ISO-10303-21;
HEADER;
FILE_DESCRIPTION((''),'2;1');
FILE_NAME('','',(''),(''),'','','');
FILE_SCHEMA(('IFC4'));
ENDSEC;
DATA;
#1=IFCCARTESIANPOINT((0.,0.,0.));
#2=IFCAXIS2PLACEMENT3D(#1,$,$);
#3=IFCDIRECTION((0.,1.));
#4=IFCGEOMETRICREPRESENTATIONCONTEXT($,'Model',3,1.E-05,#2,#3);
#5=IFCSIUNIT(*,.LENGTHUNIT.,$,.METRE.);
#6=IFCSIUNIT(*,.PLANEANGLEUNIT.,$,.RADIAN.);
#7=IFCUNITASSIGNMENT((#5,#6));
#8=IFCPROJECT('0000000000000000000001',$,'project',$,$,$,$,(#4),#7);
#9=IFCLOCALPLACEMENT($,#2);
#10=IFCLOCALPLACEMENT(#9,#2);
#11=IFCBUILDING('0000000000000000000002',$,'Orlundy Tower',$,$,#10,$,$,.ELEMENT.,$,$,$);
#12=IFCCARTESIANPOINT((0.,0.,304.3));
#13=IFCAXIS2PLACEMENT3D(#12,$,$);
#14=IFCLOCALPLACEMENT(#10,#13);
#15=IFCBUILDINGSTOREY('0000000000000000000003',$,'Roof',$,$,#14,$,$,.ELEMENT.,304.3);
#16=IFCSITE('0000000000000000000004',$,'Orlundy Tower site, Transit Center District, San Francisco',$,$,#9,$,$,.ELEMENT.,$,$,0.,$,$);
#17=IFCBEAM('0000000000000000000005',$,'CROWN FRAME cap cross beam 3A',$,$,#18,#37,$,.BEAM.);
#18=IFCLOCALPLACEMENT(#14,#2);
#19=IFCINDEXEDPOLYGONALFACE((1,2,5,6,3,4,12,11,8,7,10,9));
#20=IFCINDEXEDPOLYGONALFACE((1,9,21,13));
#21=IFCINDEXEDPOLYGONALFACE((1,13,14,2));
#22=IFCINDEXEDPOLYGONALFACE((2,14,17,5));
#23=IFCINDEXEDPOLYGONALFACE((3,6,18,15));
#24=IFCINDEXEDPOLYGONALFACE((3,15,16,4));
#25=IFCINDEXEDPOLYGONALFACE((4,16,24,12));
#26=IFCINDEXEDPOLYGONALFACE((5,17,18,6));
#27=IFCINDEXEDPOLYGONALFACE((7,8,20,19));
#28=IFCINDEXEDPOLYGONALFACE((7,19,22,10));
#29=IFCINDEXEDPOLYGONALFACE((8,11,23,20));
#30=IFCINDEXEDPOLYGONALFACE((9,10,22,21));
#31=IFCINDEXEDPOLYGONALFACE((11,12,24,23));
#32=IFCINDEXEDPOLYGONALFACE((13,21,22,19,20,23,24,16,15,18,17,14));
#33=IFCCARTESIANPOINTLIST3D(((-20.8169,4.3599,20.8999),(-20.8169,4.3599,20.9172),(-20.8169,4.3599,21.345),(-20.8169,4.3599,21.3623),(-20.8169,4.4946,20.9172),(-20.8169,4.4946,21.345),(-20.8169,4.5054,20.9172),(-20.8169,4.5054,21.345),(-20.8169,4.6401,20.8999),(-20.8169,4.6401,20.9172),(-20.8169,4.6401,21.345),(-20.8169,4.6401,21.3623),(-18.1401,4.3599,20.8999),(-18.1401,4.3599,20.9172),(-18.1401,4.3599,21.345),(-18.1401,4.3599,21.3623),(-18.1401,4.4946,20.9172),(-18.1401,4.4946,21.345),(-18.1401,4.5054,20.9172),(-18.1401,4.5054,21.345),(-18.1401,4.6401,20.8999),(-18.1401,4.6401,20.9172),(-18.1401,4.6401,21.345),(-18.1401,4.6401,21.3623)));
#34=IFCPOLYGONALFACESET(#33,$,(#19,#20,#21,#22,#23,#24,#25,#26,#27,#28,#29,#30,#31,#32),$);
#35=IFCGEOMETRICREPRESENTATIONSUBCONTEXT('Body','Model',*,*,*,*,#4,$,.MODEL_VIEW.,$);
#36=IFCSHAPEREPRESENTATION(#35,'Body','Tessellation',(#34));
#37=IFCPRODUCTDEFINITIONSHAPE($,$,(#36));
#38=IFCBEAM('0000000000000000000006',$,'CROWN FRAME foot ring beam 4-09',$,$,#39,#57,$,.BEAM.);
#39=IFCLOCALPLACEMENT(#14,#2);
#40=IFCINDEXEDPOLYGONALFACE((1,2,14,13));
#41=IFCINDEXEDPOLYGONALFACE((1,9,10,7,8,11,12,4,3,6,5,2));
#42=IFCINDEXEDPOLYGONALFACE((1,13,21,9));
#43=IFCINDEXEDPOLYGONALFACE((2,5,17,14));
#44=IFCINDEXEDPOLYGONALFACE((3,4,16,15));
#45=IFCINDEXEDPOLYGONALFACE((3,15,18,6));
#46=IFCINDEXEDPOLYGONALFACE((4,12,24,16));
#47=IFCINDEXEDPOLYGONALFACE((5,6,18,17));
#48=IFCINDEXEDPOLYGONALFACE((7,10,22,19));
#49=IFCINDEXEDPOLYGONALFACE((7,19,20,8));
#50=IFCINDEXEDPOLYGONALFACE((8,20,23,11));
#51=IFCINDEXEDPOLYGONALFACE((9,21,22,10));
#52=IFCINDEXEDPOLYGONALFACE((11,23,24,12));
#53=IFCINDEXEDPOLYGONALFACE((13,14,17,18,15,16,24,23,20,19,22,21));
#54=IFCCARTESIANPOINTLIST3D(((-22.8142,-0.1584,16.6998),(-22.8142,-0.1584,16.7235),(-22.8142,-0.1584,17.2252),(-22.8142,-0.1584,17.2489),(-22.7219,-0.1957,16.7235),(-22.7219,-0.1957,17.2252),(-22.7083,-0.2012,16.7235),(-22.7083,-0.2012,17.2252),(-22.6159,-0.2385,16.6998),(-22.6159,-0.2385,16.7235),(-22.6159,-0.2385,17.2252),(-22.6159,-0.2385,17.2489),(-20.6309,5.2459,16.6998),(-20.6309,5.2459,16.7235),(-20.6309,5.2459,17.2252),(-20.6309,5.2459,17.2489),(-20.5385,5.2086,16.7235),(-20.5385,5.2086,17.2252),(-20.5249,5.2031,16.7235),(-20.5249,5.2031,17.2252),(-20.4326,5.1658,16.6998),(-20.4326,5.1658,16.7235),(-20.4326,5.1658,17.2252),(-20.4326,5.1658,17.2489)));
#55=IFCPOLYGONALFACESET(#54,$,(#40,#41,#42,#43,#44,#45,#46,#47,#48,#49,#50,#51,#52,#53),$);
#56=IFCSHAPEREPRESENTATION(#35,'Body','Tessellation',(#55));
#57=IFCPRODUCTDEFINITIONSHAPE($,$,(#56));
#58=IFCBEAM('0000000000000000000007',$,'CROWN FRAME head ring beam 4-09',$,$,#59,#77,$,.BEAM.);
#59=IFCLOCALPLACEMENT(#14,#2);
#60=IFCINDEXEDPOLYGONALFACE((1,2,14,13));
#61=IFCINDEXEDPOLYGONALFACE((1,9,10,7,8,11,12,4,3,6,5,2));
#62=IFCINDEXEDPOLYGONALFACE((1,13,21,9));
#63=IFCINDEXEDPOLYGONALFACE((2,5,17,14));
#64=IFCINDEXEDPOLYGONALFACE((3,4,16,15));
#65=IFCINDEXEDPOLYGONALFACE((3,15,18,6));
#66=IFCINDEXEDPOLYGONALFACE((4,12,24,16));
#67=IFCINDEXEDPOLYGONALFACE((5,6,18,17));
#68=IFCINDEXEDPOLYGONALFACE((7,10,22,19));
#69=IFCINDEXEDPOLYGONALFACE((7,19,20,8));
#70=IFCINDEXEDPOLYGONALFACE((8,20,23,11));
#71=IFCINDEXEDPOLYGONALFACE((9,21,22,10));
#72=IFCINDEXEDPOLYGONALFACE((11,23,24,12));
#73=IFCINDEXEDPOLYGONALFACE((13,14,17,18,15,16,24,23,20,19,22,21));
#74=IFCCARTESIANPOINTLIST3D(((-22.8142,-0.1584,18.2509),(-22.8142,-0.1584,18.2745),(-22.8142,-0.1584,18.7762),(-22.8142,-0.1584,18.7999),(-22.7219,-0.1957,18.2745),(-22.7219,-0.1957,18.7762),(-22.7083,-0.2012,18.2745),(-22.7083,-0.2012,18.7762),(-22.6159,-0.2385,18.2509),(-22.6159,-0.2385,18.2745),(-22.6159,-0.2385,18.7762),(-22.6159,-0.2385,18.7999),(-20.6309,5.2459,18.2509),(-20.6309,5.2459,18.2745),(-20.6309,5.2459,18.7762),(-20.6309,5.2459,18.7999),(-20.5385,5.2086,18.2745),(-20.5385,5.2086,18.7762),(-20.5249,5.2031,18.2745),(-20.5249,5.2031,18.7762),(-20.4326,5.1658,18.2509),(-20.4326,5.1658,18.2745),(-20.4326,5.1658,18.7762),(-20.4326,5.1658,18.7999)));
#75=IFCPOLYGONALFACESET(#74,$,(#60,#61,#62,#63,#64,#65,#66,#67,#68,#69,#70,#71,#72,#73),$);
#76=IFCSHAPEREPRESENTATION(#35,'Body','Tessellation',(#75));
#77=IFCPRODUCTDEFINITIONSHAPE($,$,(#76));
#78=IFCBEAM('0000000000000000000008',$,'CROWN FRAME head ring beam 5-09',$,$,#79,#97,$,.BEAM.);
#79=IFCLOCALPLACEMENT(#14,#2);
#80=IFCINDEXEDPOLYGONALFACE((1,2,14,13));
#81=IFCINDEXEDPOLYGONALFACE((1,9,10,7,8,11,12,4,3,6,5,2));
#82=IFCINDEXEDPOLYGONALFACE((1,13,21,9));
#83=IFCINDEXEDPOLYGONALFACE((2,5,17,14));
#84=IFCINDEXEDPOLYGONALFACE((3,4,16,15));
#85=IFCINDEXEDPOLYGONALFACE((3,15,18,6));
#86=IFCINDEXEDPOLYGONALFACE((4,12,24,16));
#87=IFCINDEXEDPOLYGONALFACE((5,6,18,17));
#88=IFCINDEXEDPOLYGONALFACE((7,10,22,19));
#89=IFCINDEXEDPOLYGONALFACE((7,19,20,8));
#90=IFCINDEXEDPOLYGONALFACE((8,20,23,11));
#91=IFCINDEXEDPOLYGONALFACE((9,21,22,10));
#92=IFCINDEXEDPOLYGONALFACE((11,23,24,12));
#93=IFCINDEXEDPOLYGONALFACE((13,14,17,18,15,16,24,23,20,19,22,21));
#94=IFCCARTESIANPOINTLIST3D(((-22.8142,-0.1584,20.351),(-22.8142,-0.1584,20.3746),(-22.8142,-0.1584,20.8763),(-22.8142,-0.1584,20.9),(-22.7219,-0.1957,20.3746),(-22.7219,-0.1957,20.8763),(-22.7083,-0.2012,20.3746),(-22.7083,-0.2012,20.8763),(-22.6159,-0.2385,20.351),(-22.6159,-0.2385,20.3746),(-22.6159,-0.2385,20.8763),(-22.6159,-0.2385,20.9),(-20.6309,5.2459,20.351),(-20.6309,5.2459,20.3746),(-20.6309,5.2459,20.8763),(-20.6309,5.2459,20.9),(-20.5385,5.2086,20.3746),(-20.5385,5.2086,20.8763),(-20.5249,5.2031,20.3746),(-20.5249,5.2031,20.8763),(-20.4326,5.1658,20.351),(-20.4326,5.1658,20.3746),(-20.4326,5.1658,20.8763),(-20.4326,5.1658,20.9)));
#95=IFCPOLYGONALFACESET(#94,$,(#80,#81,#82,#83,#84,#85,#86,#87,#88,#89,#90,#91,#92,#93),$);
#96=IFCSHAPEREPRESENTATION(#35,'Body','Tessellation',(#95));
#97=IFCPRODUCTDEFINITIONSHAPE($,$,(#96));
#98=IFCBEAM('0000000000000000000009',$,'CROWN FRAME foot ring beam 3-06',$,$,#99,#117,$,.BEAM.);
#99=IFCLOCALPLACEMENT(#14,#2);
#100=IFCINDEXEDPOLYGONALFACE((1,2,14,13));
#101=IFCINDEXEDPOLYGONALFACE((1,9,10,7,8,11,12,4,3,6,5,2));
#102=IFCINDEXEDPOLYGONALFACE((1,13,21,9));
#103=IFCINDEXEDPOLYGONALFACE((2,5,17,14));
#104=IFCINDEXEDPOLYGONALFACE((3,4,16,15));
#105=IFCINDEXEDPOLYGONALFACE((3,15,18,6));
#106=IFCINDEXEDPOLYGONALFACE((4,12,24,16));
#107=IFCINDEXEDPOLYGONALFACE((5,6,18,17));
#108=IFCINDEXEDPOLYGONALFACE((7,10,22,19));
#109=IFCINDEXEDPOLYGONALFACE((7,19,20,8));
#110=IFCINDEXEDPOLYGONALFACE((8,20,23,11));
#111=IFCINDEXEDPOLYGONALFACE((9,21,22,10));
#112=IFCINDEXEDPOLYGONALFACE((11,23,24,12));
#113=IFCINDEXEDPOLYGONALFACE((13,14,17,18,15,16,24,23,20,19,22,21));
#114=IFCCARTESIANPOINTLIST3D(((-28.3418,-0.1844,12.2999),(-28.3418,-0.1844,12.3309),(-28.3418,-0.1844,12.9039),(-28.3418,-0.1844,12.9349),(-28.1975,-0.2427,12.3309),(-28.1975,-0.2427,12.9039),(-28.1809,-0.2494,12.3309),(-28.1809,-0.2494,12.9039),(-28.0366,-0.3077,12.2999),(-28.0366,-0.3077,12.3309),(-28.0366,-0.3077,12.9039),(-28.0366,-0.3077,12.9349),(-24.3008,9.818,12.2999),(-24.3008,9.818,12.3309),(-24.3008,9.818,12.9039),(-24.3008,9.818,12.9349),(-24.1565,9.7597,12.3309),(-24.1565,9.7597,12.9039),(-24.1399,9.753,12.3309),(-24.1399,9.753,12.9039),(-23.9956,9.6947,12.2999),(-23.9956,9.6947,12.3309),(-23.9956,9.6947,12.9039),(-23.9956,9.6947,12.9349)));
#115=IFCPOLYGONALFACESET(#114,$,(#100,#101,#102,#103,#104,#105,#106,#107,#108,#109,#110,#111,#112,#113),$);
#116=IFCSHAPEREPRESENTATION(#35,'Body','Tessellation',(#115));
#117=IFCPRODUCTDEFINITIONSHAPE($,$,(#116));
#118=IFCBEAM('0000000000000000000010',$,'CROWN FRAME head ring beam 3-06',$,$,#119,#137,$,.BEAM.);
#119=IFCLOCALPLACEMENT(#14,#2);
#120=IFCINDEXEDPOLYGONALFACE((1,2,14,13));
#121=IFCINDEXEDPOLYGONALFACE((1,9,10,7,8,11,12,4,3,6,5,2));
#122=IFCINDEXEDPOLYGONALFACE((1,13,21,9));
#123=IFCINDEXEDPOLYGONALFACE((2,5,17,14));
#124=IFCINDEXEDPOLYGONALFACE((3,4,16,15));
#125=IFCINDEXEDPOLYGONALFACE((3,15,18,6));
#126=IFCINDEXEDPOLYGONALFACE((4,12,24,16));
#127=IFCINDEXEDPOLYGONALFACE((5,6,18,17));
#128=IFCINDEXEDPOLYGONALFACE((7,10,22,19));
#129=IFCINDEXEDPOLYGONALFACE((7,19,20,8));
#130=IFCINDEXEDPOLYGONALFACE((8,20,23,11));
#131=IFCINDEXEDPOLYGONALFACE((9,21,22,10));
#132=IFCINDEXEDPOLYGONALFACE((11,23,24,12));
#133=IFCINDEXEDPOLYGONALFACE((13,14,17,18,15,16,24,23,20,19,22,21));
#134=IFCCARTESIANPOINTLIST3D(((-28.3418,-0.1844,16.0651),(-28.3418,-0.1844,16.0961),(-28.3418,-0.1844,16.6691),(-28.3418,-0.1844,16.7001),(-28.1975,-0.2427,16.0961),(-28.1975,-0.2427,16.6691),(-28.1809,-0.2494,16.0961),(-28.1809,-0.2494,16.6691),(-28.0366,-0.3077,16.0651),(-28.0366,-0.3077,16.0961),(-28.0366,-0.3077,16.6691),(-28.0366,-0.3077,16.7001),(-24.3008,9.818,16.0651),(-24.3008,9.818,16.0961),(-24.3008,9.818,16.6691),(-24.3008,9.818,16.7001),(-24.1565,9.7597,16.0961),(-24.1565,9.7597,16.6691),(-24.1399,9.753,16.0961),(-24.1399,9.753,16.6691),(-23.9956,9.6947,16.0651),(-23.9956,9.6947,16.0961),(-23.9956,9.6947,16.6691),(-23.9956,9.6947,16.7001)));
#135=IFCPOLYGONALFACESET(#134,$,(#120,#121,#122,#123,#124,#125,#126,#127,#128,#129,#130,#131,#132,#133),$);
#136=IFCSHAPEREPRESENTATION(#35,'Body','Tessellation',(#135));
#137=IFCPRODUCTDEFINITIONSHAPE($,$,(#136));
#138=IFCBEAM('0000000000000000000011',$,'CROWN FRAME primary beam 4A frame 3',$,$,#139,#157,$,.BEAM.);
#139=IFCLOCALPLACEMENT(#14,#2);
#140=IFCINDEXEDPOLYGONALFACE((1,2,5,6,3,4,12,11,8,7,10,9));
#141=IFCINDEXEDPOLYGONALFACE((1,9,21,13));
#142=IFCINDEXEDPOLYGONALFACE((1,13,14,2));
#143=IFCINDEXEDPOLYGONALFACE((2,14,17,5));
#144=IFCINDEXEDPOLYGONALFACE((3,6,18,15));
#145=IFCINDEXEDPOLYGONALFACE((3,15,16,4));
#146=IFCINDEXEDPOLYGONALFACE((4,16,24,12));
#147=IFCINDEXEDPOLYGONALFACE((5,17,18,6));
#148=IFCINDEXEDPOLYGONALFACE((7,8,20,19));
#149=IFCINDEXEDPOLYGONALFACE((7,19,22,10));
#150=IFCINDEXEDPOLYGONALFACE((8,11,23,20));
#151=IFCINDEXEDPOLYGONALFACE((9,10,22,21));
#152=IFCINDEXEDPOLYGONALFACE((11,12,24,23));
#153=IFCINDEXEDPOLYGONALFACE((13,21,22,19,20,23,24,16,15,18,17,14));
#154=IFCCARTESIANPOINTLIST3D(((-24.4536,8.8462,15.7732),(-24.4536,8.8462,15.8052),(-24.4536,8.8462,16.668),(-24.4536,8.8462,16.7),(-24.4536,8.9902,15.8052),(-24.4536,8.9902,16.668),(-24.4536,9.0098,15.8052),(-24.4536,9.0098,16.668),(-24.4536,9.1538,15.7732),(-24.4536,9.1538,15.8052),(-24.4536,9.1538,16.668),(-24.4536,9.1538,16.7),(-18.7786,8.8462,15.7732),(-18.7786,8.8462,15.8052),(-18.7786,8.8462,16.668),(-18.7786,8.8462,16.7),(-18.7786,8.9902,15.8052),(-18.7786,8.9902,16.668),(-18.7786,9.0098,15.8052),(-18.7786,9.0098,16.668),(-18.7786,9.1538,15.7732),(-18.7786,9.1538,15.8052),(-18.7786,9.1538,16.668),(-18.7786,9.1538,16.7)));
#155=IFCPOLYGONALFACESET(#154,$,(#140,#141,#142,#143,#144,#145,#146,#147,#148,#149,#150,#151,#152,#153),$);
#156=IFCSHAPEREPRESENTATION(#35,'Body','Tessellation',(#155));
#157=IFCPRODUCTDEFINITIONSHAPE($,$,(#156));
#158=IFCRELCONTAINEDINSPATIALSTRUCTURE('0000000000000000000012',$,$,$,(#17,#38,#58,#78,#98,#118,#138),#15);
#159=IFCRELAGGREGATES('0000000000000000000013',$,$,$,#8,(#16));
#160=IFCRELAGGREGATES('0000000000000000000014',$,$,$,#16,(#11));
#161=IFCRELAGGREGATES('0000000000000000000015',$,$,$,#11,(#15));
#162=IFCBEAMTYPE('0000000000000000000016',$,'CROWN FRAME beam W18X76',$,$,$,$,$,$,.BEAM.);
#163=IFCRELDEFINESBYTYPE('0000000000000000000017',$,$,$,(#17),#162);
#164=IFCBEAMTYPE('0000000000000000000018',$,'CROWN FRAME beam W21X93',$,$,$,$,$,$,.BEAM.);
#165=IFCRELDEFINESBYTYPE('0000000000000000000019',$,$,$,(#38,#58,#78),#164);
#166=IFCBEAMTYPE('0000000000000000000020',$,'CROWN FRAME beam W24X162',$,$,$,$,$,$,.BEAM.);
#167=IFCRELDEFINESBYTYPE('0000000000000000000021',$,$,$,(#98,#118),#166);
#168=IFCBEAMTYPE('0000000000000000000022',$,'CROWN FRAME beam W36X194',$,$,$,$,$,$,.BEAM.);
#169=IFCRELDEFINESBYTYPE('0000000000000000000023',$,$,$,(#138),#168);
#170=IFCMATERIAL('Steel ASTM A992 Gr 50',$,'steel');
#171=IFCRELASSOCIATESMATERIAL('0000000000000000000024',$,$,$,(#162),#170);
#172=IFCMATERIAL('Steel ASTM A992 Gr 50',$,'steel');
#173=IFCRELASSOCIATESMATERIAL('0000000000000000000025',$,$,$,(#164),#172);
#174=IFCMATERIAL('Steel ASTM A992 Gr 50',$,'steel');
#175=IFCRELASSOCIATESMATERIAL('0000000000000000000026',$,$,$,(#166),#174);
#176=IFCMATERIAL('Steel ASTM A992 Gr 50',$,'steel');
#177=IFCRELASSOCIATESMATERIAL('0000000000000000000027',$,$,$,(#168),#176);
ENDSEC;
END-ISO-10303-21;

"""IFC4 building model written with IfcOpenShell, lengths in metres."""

from ifc_helpers import new_model, si_unit, direction, frame, origin, origin_2d, place, context, subcontext, project, spatial, i_section, extrude, material, material_profile, profile_set, type_object, element, save


model = new_model("IFC4")

# Units and contexts
model_context = context("Model", 3, precision=1e-05, world=origin(), true_north=direction((0.0, 1.0)))
body_context = subcontext(model_context, "Body", "Model", "MODEL_VIEW")
ifc_project = project(units=[si_unit("LENGTHUNIT", "METRE"), si_unit("PLANEANGLEUNIT", "RADIAN")], contexts=[model_context])

# Site, building, storey
site_placement = place(None, origin())
site = spatial("IfcSite", under=ifc_project, at=site_placement, Name="Orlundy Tower site, Transit Center District, San Francisco", CompositionType="ELEMENT", RefElevation=0.0)
building_placement = place(site_placement, origin())
building = spatial("IfcBuilding", under=site, at=building_placement, Name="Orlundy Tower", CompositionType="ELEMENT")
storey_placement = place(building_placement, frame((0.0, 0.0, 304.3)))
storey = spatial("IfcBuildingStorey", under=building, at=storey_placement, Name="Roof", CompositionType="ELEMENT", Elevation=304.3)

# Beams
ifc_material_1 = material(Name="Steel ASTM A992 Gr 50", Category="steel")
ifc_material_profile_1 = material_profile(ifc_material_1, i_section(OverallWidth=0.2803, OverallDepth=0.4624, WebThickness=0.0107, FlangeThickness=0.0173, at=origin_2d()), Name="W18X76")
ifc_profile_set_1 = profile_set([ifc_material_profile_1], Name="Steel ASTM A992 Gr 50")
beam_type_1 = type_object("IfcBeamType", Name="CROWN FRAME beam W18X76", PredefinedType="BEAM", material=ifc_profile_set_1)
beam_1_placement = place(storey_placement, frame((-20.8169, 4.5, 21.1311), z_axis=(1.0, 0.0, 0.0), x_axis=(0.0, 1.0, 0.0)))
element("IfcBeam", 1, at=beam_1_placement, inside=storey, type_object=beam_type_1, Name="CROWN FRAME cap cross beam 3A", PredefinedType="BEAM", context=body_context, shape_type="SweptSolid", body=[
    extrude(i_section(OverallWidth=0.2803, OverallDepth=0.4624, WebThickness=0.0107, FlangeThickness=0.0173, at=origin_2d()), origin(), (0.0, 0.0, 1.0), 2.6768),
])
ifc_material_2 = material(Name="Steel ASTM A992 Gr 50", Category="steel")
ifc_material_profile_2 = material_profile(ifc_material_2, i_section(OverallWidth=0.2139, OverallDepth=0.5491, WebThickness=0.0146, FlangeThickness=0.0237, at=origin_2d()), Name="W21X93")
ifc_profile_set_2 = profile_set([ifc_material_profile_2], Name="Steel ASTM A992 Gr 50")
beam_type_2 = type_object("IfcBeamType", Name="CROWN FRAME beam W21X93", PredefinedType="BEAM", material=ifc_profile_set_2)
for number, where, z_axis, x_axis, name in (
    (2, (-20.5317, 5.2058, 16.9744), (-0.374588, -0.927191, 0.0), (0.927191, -0.374588, 0.0), "CROWN FRAME foot ring beam 4-09"),
    (3, (-20.5317, 5.2058, 18.5254), (-0.374588, -0.927191, 0.0), (0.927191, -0.374588, 0.0), "CROWN FRAME head ring beam 4-09"),
    (4, (-20.5317, 5.2058, 20.6255), (-0.374588, -0.927191, 0.0), (0.927191, -0.374588, 0.0), "CROWN FRAME head ring beam 5-09"),
):
    element("IfcBeam", number, at=place(storey_placement, frame(where, z_axis=z_axis, x_axis=x_axis)), inside=storey, type_object=beam_type_2, Name=name, PredefinedType="BEAM", context=body_context, shape_type="SweptSolid", body=[
        extrude(i_section(OverallWidth=0.2139, OverallDepth=0.5491, WebThickness=0.0146, FlangeThickness=0.0237, at=origin_2d()), origin(), (0.0, 0.0, 1.0), 5.8286),
    ])
ifc_material_3 = material(Name="Steel ASTM A992 Gr 50", Category="steel")
ifc_material_profile_3 = material_profile(ifc_material_3, i_section(OverallWidth=0.3291, OverallDepth=0.635, WebThickness=0.0178, FlangeThickness=0.031, at=origin_2d()), Name="W24X162")
ifc_profile_set_3 = profile_set([ifc_material_profile_3], Name="Steel ASTM A992 Gr 50")
beam_type_3 = type_object("IfcBeamType", Name="CROWN FRAME beam W24X162", PredefinedType="BEAM", material=ifc_profile_set_3)
for number, where, z_axis, x_axis, name in (
    (5, (-24.1482, 9.7563, 12.6174), (-0.374588, -0.927191, 0.0), (0.927191, -0.374588, 0.0), "CROWN FRAME foot ring beam 3-06"),
    (6, (-24.1482, 9.7563, 16.3826), (-0.374588, -0.927191, 0.0), (0.927191, -0.374588, 0.0), "CROWN FRAME head ring beam 3-06"),
):
    element("IfcBeam", number, at=place(storey_placement, frame(where, z_axis=z_axis, x_axis=x_axis)), inside=storey, type_object=beam_type_3, Name=name, PredefinedType="BEAM", context=body_context, shape_type="SweptSolid", body=[
        extrude(i_section(OverallWidth=0.3291, OverallDepth=0.635, WebThickness=0.0178, FlangeThickness=0.031, at=origin_2d()), origin(), (0.0, 0.0, 1.0), 10.7878),
    ])
ifc_material_4 = material(Name="Steel ASTM A992 Gr 50", Category="steel")
ifc_material_profile_4 = material_profile(ifc_material_4, i_section(OverallWidth=0.3076, OverallDepth=0.9268, WebThickness=0.0195, FlangeThickness=0.032, at=origin_2d()), Name="W36X194")
ifc_profile_set_4 = profile_set([ifc_material_profile_4], Name="Steel ASTM A992 Gr 50")
beam_type_4 = type_object("IfcBeamType", Name="CROWN FRAME beam W36X194", PredefinedType="BEAM", material=ifc_profile_set_4)
beam_2_placement = place(storey_placement, frame((-24.4536, 9.0, 16.2366), z_axis=(1.0, 0.0, 0.0), x_axis=(0.0, 1.0, 0.0)))
element("IfcBeam", 7, at=beam_2_placement, inside=storey, type_object=beam_type_4, Name="CROWN FRAME primary beam 4A frame 3", PredefinedType="BEAM", context=body_context, shape_type="SweptSolid", body=[
    extrude(i_section(OverallWidth=0.3076, OverallDepth=0.9268, WebThickness=0.0195, FlangeThickness=0.032, at=origin_2d()), origin(), (0.0, 0.0, 1.0), 5.675),
])

save(model, "model.ifc")
